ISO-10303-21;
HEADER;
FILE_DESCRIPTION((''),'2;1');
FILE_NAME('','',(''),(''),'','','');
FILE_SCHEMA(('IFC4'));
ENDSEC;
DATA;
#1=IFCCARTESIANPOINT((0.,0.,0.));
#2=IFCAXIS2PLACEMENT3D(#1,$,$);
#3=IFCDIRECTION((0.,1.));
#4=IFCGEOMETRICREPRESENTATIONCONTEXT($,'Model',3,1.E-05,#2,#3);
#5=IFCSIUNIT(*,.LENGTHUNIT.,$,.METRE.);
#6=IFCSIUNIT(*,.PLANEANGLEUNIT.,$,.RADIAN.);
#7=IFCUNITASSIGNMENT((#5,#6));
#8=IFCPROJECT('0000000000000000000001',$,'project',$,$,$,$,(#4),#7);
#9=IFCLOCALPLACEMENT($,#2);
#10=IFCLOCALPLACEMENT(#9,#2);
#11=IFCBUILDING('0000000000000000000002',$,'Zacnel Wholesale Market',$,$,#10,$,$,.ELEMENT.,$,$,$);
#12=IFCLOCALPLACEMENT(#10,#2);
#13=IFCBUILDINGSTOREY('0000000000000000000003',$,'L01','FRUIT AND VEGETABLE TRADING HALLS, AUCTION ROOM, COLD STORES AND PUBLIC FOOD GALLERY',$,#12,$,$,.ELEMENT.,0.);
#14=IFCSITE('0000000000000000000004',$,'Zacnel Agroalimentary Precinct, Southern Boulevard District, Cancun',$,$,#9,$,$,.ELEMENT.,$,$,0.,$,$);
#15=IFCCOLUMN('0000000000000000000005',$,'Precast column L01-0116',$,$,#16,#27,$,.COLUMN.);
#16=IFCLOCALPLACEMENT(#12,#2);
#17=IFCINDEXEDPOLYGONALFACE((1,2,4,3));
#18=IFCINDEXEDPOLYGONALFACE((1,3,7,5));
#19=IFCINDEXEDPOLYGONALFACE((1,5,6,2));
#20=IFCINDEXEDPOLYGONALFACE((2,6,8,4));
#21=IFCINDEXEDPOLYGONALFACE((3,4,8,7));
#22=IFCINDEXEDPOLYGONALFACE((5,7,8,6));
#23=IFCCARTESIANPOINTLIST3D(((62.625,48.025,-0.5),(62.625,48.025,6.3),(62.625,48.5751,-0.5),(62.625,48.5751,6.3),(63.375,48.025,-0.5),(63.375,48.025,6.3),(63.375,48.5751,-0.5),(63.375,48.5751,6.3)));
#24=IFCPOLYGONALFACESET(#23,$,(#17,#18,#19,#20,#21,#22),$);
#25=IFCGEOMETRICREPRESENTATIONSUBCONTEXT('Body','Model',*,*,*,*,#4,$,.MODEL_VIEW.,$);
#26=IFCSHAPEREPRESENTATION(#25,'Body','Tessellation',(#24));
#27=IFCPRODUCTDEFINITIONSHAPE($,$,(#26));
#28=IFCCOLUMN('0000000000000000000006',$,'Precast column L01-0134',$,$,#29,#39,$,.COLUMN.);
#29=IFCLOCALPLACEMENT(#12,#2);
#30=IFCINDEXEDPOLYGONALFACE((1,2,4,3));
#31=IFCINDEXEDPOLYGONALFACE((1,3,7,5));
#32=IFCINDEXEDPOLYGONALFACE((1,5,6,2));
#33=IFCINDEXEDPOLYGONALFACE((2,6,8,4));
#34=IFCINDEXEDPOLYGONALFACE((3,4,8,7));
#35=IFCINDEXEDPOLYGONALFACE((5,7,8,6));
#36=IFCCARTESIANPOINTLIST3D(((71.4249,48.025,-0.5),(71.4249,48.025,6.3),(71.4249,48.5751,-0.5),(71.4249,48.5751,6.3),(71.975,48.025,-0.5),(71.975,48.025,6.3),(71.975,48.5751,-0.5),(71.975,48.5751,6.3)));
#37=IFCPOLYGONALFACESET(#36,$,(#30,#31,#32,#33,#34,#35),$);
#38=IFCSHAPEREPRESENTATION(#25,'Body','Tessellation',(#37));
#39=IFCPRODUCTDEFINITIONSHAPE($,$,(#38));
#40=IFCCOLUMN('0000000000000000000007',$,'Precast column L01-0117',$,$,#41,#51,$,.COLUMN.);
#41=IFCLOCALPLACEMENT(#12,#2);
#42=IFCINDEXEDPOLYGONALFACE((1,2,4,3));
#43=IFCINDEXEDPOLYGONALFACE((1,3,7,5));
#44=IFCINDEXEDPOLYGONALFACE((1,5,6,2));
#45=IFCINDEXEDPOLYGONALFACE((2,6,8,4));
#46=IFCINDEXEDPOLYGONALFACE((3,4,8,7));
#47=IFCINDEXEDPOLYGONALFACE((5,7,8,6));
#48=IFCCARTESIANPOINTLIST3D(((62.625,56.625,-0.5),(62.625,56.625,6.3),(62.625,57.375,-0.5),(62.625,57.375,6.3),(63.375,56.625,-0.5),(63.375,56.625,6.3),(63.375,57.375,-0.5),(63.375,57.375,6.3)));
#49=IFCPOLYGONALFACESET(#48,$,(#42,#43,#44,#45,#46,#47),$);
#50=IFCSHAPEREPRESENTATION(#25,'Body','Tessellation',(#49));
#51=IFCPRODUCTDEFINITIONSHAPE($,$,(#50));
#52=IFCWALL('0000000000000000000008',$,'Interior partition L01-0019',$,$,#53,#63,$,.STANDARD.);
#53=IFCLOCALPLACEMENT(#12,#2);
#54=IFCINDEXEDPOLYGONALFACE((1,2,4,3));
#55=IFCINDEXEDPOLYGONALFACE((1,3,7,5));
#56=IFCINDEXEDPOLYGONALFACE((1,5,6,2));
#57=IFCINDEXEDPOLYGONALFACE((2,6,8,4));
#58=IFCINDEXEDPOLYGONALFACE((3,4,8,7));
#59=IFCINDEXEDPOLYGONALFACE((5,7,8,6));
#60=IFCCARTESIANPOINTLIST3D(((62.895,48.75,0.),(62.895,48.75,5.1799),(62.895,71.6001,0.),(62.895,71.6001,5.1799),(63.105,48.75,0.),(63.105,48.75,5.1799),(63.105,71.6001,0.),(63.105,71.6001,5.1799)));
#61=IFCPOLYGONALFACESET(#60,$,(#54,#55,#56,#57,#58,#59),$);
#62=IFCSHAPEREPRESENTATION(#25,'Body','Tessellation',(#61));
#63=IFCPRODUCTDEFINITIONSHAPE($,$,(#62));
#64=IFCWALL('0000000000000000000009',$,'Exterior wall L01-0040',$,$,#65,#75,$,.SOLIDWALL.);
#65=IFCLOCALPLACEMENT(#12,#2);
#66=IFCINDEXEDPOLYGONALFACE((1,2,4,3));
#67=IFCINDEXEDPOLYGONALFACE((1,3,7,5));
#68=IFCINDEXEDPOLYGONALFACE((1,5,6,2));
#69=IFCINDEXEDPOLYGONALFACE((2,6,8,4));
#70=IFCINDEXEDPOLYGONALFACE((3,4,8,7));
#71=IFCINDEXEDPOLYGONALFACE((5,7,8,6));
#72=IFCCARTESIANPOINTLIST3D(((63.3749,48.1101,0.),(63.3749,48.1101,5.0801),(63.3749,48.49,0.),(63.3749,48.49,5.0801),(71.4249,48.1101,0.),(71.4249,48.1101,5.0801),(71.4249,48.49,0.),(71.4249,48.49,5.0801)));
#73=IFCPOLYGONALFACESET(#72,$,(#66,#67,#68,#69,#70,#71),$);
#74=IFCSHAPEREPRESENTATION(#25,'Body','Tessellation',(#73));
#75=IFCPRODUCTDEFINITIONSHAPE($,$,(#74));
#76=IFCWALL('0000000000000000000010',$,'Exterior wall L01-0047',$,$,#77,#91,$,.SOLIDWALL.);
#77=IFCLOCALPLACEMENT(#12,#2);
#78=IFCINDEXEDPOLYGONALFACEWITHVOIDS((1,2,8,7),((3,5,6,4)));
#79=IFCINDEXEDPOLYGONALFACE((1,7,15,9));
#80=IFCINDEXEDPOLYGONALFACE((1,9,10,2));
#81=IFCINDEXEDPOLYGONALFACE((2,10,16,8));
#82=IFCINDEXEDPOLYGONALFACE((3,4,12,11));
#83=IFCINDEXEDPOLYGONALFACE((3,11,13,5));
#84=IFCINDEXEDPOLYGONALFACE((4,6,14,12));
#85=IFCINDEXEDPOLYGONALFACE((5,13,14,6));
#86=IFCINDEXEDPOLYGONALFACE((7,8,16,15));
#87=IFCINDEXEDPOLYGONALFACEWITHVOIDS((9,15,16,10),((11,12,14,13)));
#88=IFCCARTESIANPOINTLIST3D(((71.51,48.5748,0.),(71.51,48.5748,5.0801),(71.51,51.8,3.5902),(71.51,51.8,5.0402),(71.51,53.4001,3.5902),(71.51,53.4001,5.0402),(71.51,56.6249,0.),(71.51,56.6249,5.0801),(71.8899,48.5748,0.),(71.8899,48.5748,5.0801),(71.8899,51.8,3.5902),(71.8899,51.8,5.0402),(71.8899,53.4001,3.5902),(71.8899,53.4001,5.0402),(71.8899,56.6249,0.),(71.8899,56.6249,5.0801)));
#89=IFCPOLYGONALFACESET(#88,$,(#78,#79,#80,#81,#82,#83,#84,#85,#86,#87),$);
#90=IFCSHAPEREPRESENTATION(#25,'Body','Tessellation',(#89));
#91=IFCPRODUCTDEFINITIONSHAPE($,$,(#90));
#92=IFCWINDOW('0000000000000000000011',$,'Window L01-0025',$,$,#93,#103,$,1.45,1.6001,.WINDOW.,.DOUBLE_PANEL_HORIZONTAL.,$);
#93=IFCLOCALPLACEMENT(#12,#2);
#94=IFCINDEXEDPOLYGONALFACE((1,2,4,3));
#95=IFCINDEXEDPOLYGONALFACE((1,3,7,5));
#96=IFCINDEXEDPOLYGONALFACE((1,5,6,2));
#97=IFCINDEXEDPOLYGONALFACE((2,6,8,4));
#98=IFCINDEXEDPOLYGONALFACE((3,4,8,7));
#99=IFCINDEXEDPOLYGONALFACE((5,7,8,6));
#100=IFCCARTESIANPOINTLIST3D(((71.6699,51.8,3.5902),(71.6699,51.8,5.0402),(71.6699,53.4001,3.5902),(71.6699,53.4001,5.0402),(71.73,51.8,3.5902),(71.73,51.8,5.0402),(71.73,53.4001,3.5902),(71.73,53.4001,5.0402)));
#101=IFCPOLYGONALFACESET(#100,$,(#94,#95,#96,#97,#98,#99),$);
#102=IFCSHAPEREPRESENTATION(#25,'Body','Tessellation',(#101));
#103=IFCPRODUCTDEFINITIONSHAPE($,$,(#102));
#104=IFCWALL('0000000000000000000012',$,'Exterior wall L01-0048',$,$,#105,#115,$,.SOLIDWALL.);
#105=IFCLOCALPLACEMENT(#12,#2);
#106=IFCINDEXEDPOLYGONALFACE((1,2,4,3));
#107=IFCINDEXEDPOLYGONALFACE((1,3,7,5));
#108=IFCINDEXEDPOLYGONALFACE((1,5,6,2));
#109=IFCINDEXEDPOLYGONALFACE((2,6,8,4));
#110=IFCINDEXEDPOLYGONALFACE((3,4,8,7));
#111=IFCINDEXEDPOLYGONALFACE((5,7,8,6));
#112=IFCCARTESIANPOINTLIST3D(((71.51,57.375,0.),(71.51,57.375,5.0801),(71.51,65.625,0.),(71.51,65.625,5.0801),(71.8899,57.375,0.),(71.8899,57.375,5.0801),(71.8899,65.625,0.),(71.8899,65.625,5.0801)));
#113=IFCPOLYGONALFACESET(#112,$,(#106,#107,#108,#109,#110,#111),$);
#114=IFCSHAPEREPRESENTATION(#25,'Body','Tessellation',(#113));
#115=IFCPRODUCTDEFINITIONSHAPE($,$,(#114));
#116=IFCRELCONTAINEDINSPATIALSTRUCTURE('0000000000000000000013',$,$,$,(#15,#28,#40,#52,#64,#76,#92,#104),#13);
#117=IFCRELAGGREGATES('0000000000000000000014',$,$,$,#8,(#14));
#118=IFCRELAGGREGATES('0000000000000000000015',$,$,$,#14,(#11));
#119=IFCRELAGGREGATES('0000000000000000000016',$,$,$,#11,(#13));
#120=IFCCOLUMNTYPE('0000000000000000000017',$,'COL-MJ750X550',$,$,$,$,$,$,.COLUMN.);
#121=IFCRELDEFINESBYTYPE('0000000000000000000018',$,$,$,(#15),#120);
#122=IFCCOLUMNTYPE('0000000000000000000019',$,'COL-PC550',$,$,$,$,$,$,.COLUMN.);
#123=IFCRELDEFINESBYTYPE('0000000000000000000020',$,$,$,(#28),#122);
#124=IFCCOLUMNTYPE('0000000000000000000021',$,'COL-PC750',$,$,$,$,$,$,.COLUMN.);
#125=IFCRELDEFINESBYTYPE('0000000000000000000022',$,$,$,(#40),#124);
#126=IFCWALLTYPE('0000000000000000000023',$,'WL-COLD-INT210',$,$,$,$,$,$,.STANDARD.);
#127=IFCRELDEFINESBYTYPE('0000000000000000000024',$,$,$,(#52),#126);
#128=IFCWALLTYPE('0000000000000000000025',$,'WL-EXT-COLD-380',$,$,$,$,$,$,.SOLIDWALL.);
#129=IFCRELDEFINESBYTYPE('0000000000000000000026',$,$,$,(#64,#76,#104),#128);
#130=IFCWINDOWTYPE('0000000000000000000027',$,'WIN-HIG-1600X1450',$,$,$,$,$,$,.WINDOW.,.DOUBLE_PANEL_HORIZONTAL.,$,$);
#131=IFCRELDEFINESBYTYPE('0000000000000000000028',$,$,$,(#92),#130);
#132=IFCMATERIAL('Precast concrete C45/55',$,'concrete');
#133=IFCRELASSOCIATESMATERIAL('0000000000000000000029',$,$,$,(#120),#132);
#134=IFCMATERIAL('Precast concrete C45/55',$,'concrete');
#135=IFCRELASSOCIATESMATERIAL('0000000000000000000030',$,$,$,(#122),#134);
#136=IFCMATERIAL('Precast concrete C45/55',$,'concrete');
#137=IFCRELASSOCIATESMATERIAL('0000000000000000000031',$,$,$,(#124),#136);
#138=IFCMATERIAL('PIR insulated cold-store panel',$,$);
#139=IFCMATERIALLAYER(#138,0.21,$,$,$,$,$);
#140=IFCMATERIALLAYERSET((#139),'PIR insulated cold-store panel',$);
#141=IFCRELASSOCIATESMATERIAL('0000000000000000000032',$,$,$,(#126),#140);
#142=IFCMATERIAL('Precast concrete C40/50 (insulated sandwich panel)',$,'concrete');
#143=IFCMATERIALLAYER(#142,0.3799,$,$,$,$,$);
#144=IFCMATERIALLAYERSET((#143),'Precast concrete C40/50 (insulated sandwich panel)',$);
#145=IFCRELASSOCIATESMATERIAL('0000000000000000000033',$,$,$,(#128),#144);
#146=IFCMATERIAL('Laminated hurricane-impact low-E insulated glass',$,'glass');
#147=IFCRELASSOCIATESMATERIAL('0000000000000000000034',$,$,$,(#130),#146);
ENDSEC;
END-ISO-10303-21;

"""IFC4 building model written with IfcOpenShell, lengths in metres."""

from ifc_helpers import new_model, si_unit, direction, frame, frame_2d, origin, origin_2d, place, context, subcontext, project, spatial, rectangle, extrude, material, layer, layer_set, material_profile, profile_set, type_object, element, fill, save


model = new_model("IFC4")

# Units and contexts
model_context = context("Model", 3, precision=1e-05, world=origin(), true_north=direction((0.0, 1.0)))
body_context = subcontext(model_context, "Body", "Model", "MODEL_VIEW")
ifc_project = project(units=[si_unit("LENGTHUNIT", "METRE"), si_unit("PLANEANGLEUNIT", "RADIAN")], contexts=[model_context])

# Site, building, storey
site_placement = place(None, origin())
site = spatial("IfcSite", under=ifc_project, at=site_placement, Name="Zacnel Agroalimentary Precinct, Southern Boulevard District, Cancun", CompositionType="ELEMENT", RefElevation=0.0)
building_placement = place(site_placement, origin())
building = spatial("IfcBuilding", under=site, at=building_placement, Name="Zacnel Wholesale Market", CompositionType="ELEMENT")
storey_placement = place(building_placement, origin())
storey = spatial("IfcBuildingStorey", under=building, at=storey_placement, Name="L01", Description="FRUIT AND VEGETABLE TRADING HALLS, AUCTION ROOM, COLD STORES AND PUBLIC FOOD GALLERY", CompositionType="ELEMENT", Elevation=0.0)

# Columns
ifc_material_1 = material(Name="Precast concrete C45/55", Category="concrete")
ifc_material_profile_1 = material_profile(ifc_material_1, rectangle(XDim=0.75, YDim=0.55, at=origin_2d()), Name="PC 750x550")
ifc_profile_set_1 = profile_set([ifc_material_profile_1], Name="Precast concrete C45/55")
column_type_1 = type_object("IfcColumnType", Name="COL-MJ750X550", PredefinedType="COLUMN", material=ifc_profile_set_1)
column_1_placement = place(storey_placement, frame((63.0, 48.3, -0.5), z_axis=(0.0, 0.0, 1.0), x_axis=(1.0, 0.0, 0.0)))
element("IfcColumn", 1, at=column_1_placement, inside=storey, type_object=column_type_1, Name="Precast column L01-0116", PredefinedType="COLUMN", context=body_context, shape_type="SweptSolid", body=[
    extrude(rectangle(XDim=0.75, YDim=0.55, at=origin_2d()), origin(), (0.0, 0.0, 1.0), 6.8),
])
ifc_material_2 = material(Name="Precast concrete C45/55", Category="concrete")
ifc_material_profile_2 = material_profile(ifc_material_2, rectangle(XDim=0.55, YDim=0.55, at=origin_2d()), Name="PC 550x550")
ifc_profile_set_2 = profile_set([ifc_material_profile_2], Name="Precast concrete C45/55")
column_type_2 = type_object("IfcColumnType", Name="COL-PC550", PredefinedType="COLUMN", material=ifc_profile_set_2)
column_2_placement = place(storey_placement, frame((71.7, 48.3, -0.5), z_axis=(0.0, 0.0, 1.0), x_axis=(1.0, 0.0, 0.0)))
element("IfcColumn", 2, at=column_2_placement, inside=storey, type_object=column_type_2, Name="Precast column L01-0134", PredefinedType="COLUMN", context=body_context, shape_type="SweptSolid", body=[
    extrude(rectangle(XDim=0.55, YDim=0.55, at=origin_2d()), origin(), (0.0, 0.0, 1.0), 6.8),
])
ifc_material_3 = material(Name="Precast concrete C45/55", Category="concrete")
ifc_material_profile_3 = material_profile(ifc_material_3, rectangle(XDim=0.75, YDim=0.75, at=origin_2d()), Name="PC 750x750")
ifc_profile_set_3 = profile_set([ifc_material_profile_3], Name="Precast concrete C45/55")
column_type_3 = type_object("IfcColumnType", Name="COL-PC750", PredefinedType="COLUMN", material=ifc_profile_set_3)
column_3_placement = place(storey_placement, frame((63.0, 57.0, -0.5), z_axis=(0.0, 0.0, 1.0), x_axis=(1.0, 0.0, 0.0)))
element("IfcColumn", 3, at=column_3_placement, inside=storey, type_object=column_type_3, Name="Precast column L01-0117", PredefinedType="COLUMN", context=body_context, shape_type="SweptSolid", body=[
    extrude(rectangle(XDim=0.75, YDim=0.75, at=origin_2d()), origin(), (0.0, 0.0, 1.0), 6.8),
])

# Walls
ifc_material_4 = material(Name="PIR insulated cold-store panel")
ifc_layer_1 = layer(ifc_material_4, 0.21)
ifc_layer_set_1 = layer_set([ifc_layer_1], Name="PIR insulated cold-store panel")
wall_type_1 = type_object("IfcWallType", Name="WL-COLD-INT210", PredefinedType="STANDARD", material=ifc_layer_set_1)
wall_1_placement = place(storey_placement, frame((63.0, 48.75, 0.0), z_axis=(0.0, 0.0, 1.0), x_axis=(0.0, 1.0, 0.0)))
element("IfcWall", 4, at=wall_1_placement, inside=storey, type_object=wall_type_1, Name="Interior partition L01-0019", PredefinedType="STANDARD", context=body_context, shape_type="SweptSolid", body=[
    extrude(rectangle(XDim=22.8501, YDim=0.21, at=frame_2d((11.425, 0.0))), origin(), (0.0, 0.0, 1.0), 5.1799),
])
ifc_material_5 = material(Name="Precast concrete C40/50 (insulated sandwich panel)", Category="concrete")
ifc_layer_2 = layer(ifc_material_5, 0.3799)
ifc_layer_set_2 = layer_set([ifc_layer_2], Name="Precast concrete C40/50 (insulated sandwich panel)")
wall_type_2 = type_object("IfcWallType", Name="WL-EXT-COLD-380", PredefinedType="SOLIDWALL", material=ifc_layer_set_2)
wall_2_placement = place(storey_placement, frame((63.375, 48.3, 0.0), z_axis=(0.0, 0.0, 1.0), x_axis=(1.0, 0.0, 0.0)))
element("IfcWall", 5, at=wall_2_placement, inside=storey, type_object=wall_type_2, Name="Exterior wall L01-0040", PredefinedType="SOLIDWALL", context=body_context, shape_type="SweptSolid", body=[
    extrude(rectangle(XDim=8.05, YDim=0.3799, at=frame_2d((4.0249, 0.0))), origin(), (0.0, 0.0, 1.0), 5.0801),
])

# Wall, opening, window
wall_3_placement = place(storey_placement, frame((71.7, 48.575, 0.0), z_axis=(0.0, 0.0, 1.0), x_axis=(0.0, 1.0, 0.0)))
wall_3 = element("IfcWall", 6, at=wall_3_placement, inside=storey, type_object=wall_type_2, Name="Exterior wall L01-0047", PredefinedType="SOLIDWALL", context=body_context, shape_type="SweptSolid", body=[
    extrude(rectangle(XDim=8.05, YDim=0.3799, at=frame_2d((4.0249, 0.0))), origin(), (0.0, 0.0, 1.0), 5.0801),
])
opening_placement = place(wall_3_placement, frame((3.2251, 0.0, 3.5901)))
opening = element("IfcOpeningElement", 7, at=opening_placement, cuts=wall_3, PredefinedType="OPENING", context=body_context, shape_type="SweptSolid", body=[
    extrude(rectangle(XDim=1.6001, YDim=1.45, at=frame_2d((0.8, 0.7251))), frame((0.0, 0.2, 0.0), z_axis=(0.0, -1.0, 0.0), x_axis=(1.0, 0.0, 0.0)), (0.0, 0.0, 1.0), 0.3999),
])
ifc_material_6 = material(Name="Laminated hurricane-impact low-E insulated glass", Category="glass")
window_type = type_object("IfcWindowType", Name="WIN-HIG-1600X1450", PartitioningType="DOUBLE_PANEL_HORIZONTAL", PredefinedType="WINDOW", material=ifc_material_6)
window_placement = place(opening_placement, origin())
window = element("IfcWindow", 8, at=window_placement, inside=storey, type_object=window_type, Name="Window L01-0025", OverallHeight=1.45, OverallWidth=1.6001, PartitioningType="DOUBLE_PANEL_HORIZONTAL", PredefinedType="WINDOW", context=body_context, shape_type="SweptSolid", body=[
    extrude(rectangle(XDim=1.6001, YDim=1.45, at=frame_2d((0.8, 0.7251))), frame((0.0, 0.03, 0.0), z_axis=(0.0, -1.0, 0.0), x_axis=(1.0, 0.0, 0.0)), (0.0, 0.0, 1.0), 0.0601),
])
fill(opening, window)

# Wall
wall_4_placement = place(storey_placement, frame((71.7, 57.375, 0.0), z_axis=(0.0, 0.0, 1.0), x_axis=(0.0, 1.0, 0.0)))
element("IfcWall", 9, at=wall_4_placement, inside=storey, type_object=wall_type_2, Name="Exterior wall L01-0048", PredefinedType="SOLIDWALL", context=body_context, shape_type="SweptSolid", body=[
    extrude(rectangle(XDim=8.25, YDim=0.3799, at=frame_2d((4.125, 0.0))), origin(), (0.0, 0.0, 1.0), 5.0801),
])

save(model, "model.ifc")
